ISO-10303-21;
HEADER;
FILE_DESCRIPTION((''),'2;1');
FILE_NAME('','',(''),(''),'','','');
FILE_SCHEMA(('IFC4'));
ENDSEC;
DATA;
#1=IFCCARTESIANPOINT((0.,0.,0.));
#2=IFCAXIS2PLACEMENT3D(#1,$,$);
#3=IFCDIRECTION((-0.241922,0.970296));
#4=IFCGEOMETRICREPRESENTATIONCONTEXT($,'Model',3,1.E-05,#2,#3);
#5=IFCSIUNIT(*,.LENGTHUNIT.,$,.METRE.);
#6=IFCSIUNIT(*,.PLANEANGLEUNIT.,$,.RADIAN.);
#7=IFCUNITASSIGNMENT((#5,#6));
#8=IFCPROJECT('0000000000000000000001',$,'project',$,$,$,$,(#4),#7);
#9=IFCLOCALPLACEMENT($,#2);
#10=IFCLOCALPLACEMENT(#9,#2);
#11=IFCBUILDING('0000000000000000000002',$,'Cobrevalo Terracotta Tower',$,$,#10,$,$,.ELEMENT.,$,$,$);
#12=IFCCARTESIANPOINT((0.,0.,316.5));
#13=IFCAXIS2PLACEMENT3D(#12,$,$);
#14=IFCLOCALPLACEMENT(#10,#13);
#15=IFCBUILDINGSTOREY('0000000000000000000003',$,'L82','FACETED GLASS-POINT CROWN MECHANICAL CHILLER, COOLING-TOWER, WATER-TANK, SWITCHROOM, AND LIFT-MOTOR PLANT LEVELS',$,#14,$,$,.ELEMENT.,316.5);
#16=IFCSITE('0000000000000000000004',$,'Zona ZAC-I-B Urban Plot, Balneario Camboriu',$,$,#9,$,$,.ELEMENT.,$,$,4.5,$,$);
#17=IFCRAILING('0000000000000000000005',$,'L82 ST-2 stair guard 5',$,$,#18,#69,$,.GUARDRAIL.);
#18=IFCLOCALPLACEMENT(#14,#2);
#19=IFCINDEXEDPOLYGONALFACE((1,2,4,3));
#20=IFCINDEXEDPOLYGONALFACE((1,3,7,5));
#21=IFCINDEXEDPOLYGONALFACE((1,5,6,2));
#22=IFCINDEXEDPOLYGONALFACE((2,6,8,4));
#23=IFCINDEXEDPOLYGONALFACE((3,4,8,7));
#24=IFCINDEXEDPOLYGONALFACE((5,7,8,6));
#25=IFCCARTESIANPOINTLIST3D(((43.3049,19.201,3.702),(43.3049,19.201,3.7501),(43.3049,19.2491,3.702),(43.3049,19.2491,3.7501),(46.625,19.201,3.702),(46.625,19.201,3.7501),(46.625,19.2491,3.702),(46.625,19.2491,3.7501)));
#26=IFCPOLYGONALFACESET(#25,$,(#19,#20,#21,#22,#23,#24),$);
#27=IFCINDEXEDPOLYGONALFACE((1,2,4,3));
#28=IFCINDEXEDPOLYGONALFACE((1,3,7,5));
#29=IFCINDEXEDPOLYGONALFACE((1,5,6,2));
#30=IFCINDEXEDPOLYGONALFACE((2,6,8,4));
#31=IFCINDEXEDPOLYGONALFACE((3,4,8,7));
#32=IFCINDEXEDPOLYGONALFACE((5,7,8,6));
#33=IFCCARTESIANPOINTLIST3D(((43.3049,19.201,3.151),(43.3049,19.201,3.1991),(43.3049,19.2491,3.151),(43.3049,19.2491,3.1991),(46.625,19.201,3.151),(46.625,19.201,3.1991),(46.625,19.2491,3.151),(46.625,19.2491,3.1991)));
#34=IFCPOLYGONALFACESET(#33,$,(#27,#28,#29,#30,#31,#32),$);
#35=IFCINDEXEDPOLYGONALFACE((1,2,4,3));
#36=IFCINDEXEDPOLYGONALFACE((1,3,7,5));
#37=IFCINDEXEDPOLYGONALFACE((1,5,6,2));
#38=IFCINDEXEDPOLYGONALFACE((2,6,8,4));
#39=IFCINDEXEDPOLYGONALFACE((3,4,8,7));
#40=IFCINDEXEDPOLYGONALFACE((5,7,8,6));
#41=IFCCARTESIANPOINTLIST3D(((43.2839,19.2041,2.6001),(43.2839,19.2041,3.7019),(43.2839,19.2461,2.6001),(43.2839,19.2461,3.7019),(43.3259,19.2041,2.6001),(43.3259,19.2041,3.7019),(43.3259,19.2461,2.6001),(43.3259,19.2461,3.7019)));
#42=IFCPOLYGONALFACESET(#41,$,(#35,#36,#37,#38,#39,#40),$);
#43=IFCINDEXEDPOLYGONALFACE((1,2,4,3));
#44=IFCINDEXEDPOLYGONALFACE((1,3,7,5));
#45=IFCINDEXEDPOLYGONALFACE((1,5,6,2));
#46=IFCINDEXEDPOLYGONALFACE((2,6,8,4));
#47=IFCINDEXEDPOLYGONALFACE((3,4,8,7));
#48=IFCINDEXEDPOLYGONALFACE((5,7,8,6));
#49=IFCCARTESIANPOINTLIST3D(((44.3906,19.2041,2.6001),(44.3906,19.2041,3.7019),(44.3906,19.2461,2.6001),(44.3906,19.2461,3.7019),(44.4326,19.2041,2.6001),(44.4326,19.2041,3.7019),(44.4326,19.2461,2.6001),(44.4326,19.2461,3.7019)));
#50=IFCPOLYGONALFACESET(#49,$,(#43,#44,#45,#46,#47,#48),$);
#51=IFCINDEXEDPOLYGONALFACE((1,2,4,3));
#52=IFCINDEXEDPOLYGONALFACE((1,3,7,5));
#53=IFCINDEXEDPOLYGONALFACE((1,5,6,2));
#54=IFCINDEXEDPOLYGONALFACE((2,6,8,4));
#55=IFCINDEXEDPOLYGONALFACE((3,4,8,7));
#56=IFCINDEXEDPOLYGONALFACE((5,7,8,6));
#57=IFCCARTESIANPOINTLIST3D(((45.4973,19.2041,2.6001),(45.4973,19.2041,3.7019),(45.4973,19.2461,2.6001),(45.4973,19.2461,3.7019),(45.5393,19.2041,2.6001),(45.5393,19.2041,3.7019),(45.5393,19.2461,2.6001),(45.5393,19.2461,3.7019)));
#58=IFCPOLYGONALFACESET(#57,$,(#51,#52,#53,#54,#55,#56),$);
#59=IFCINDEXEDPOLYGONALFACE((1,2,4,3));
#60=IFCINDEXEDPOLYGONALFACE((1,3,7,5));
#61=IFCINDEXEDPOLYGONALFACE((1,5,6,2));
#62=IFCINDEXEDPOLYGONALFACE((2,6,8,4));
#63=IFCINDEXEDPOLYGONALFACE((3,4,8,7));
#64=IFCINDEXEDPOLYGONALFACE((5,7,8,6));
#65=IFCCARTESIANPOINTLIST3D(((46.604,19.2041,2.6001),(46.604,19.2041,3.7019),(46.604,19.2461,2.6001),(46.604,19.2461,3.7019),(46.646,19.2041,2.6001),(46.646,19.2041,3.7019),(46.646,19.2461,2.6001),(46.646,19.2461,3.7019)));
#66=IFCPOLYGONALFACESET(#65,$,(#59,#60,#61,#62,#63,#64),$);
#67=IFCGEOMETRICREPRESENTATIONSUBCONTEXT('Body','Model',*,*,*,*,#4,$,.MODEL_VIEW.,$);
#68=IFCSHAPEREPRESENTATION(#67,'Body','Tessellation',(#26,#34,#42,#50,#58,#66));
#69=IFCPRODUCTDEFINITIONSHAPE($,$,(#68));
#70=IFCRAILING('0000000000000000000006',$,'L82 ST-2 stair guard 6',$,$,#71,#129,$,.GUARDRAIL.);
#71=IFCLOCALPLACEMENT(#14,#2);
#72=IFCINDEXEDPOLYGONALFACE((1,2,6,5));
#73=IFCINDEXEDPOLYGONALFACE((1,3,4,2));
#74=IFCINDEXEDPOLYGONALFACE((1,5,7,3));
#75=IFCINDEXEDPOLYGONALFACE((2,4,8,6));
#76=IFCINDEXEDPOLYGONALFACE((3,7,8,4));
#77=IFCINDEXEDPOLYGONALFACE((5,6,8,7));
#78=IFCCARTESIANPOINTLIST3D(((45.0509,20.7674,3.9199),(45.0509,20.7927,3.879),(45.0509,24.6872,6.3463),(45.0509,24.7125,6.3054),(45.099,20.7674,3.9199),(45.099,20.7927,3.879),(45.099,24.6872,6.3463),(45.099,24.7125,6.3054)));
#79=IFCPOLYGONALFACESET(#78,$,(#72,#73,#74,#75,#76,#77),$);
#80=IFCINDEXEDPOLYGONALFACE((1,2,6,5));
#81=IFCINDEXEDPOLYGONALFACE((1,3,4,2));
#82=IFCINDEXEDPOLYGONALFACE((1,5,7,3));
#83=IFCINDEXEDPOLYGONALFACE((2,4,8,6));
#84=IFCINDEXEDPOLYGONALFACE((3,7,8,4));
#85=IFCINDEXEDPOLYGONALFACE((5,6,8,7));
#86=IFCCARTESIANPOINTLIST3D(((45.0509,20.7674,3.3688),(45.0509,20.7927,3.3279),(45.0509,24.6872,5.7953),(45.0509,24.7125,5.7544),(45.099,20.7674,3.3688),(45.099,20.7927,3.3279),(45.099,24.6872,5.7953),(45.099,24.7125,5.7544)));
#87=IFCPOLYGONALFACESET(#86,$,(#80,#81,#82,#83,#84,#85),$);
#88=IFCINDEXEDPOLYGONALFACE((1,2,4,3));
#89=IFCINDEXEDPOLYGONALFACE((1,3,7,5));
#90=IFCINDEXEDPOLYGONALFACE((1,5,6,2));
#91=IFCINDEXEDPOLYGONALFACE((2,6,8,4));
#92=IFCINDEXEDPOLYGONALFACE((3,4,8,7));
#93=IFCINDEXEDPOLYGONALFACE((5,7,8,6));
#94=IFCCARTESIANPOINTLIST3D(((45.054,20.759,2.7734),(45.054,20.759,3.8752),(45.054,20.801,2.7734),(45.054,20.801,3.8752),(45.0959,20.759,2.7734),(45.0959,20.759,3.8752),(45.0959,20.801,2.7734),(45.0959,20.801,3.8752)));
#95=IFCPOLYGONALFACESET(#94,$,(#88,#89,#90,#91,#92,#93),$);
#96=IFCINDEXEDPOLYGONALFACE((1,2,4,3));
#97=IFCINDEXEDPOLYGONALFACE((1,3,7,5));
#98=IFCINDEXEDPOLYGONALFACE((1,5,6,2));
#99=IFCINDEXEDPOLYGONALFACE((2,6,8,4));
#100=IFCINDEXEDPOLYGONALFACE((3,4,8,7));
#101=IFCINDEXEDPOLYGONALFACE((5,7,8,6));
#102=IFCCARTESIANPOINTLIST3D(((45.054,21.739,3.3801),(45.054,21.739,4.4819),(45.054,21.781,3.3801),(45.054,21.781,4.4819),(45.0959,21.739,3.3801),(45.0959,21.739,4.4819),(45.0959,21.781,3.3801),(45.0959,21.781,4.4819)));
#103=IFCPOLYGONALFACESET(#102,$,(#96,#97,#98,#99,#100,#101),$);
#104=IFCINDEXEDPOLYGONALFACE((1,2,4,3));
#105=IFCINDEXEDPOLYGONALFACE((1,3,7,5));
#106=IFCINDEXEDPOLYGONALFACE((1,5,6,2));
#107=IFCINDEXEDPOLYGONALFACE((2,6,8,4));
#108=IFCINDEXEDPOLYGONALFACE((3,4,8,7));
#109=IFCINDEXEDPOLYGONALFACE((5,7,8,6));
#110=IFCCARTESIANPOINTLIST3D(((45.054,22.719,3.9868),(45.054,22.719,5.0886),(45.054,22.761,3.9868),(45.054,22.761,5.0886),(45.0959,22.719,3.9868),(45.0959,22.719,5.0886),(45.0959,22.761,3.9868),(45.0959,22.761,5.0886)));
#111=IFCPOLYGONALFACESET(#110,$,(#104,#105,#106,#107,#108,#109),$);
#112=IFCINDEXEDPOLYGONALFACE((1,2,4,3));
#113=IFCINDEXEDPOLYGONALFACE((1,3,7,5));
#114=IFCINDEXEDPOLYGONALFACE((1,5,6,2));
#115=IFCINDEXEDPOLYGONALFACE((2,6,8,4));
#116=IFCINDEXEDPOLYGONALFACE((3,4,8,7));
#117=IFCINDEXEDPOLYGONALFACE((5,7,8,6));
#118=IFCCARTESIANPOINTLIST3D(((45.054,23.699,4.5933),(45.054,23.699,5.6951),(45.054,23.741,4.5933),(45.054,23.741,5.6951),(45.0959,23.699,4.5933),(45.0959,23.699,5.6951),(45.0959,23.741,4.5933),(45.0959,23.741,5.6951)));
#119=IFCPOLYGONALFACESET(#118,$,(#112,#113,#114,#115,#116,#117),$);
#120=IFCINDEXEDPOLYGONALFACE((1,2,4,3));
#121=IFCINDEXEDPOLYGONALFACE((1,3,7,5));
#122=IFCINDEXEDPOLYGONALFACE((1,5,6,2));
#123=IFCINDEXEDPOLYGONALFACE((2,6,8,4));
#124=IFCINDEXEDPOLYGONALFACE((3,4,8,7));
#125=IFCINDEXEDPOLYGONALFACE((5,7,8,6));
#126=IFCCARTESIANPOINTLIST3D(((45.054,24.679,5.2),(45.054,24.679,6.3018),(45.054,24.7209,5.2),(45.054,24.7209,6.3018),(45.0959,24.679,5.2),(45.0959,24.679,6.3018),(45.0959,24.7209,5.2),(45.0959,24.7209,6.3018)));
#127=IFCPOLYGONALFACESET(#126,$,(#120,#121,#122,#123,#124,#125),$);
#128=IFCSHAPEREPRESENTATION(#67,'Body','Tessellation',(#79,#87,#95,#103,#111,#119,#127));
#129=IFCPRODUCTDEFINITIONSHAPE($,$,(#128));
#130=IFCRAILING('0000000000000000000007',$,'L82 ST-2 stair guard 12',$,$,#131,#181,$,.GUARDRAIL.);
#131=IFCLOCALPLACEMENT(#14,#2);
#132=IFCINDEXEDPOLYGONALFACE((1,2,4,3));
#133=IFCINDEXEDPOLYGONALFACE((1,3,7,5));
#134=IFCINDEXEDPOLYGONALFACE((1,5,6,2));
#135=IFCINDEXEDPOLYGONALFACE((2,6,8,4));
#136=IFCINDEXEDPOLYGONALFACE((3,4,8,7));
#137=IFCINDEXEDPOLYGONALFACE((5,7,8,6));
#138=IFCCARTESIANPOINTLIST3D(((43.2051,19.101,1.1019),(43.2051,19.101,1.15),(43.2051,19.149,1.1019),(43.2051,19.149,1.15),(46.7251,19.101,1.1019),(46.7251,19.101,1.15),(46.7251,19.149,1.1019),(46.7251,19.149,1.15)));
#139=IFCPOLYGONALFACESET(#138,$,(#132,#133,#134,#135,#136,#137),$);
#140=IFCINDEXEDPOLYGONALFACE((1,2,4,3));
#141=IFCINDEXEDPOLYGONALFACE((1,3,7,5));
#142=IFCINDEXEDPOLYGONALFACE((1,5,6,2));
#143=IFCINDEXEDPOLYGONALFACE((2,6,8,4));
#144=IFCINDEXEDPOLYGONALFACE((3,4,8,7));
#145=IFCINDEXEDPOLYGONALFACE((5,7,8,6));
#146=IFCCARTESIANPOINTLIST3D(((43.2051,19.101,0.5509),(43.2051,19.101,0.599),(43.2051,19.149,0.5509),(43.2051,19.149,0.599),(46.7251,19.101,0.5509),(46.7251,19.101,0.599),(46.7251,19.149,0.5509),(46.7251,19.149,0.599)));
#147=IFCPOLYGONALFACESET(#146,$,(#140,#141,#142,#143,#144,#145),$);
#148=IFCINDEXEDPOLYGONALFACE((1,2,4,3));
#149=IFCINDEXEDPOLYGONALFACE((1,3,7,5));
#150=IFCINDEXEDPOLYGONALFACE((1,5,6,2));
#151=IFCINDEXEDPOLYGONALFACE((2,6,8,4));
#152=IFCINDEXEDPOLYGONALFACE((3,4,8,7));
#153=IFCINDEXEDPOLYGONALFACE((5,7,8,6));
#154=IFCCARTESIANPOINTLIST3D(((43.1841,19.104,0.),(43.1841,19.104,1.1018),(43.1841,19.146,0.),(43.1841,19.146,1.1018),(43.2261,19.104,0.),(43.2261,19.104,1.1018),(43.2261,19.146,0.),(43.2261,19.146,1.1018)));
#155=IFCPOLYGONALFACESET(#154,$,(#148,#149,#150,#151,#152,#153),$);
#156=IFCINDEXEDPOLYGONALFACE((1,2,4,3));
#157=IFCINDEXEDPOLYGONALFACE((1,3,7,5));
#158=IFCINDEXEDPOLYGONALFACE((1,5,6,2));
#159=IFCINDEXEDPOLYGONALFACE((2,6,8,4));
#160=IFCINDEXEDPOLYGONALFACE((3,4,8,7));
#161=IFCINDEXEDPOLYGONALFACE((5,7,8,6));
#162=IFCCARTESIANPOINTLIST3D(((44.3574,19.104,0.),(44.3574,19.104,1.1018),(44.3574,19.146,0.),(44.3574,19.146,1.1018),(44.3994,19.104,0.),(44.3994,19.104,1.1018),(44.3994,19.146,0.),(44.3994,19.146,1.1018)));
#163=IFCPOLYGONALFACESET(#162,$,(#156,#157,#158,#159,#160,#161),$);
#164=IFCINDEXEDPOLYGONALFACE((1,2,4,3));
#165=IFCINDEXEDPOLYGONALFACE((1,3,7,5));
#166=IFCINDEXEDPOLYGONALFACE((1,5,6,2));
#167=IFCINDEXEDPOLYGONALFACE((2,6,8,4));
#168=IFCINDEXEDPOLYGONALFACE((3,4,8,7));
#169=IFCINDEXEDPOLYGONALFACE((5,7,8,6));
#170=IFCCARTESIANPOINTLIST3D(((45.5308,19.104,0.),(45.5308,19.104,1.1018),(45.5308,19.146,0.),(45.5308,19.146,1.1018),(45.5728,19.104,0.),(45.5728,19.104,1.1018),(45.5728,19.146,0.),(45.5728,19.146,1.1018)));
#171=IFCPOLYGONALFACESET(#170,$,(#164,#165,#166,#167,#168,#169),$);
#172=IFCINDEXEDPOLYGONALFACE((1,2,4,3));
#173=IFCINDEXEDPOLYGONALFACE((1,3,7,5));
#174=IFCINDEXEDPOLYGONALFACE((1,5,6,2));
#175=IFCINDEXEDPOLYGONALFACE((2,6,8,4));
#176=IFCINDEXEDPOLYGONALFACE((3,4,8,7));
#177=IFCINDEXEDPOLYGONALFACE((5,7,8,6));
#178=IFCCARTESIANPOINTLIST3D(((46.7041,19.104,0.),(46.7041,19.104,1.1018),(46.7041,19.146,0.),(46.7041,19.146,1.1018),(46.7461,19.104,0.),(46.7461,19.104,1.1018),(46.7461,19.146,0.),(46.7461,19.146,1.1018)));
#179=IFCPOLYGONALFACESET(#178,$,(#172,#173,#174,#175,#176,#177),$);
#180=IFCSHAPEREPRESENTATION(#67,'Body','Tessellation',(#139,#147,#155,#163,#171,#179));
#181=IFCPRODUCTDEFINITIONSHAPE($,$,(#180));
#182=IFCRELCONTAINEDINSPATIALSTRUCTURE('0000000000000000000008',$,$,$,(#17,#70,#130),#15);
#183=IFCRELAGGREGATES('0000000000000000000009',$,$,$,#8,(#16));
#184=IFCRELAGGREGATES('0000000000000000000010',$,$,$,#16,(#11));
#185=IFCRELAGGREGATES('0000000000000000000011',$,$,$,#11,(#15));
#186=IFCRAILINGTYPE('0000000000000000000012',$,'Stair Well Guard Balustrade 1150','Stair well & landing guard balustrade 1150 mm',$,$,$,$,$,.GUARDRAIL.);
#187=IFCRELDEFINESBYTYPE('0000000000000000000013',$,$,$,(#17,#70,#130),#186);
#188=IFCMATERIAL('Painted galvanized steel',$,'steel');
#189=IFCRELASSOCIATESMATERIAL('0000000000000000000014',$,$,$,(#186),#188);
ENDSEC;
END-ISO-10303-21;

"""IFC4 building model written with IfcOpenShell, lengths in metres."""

from ifc_helpers import new_model, si_unit, direction, frame, origin, origin_2d, place, context, subcontext, project, spatial, rectangle, extrude, material, type_object, element, save


model = new_model("IFC4")

# Units and contexts
model_context = context("Model", 3, precision=1e-05, world=origin(), true_north=direction((-0.241922, 0.970296)))
body_context = subcontext(model_context, "Body", "Model", "MODEL_VIEW")
ifc_project = project(units=[si_unit("LENGTHUNIT", "METRE"), si_unit("PLANEANGLEUNIT", "RADIAN")], contexts=[model_context])

# Site, building, storey
site_placement = place(None, origin())
site = spatial("IfcSite", under=ifc_project, at=site_placement, Name="Zona ZAC-I-B Urban Plot, Balneario Camboriu", CompositionType="ELEMENT", RefElevation=4.5)
building_placement = place(site_placement, origin())
building = spatial("IfcBuilding", under=site, at=building_placement, Name="Cobrevalo Terracotta Tower", CompositionType="ELEMENT")
storey_placement = place(building_placement, frame((0.0, 0.0, 316.5)))
storey = spatial("IfcBuildingStorey", under=building, at=storey_placement, Name="L82", Description="FACETED GLASS-POINT CROWN MECHANICAL CHILLER, COOLING-TOWER, WATER-TANK, SWITCHROOM, AND LIFT-MOTOR PLANT LEVELS", CompositionType="ELEMENT", Elevation=316.5)

# Railings
ifc_material_1 = material(Name="Painted galvanized steel", Category="steel")
railing_type_1 = type_object("IfcRailingType", Name="Stair Well Guard Balustrade 1150", Description="Stair well & landing guard balustrade 1150 mm", PredefinedType="GUARDRAIL", material=ifc_material_1)
railing_1_placement = place(storey_placement, frame((43.3049, 19.2251, 2.6001)))
element("IfcRailing", 1, at=railing_1_placement, inside=storey, type_object=railing_type_1, Name="L82 ST-2 stair guard 5", PredefinedType="GUARDRAIL", context=body_context, shape_type="SweptSolid", body=[
    extrude(rectangle(XDim=0.0481, YDim=0.0481, at=origin_2d()), frame((0.0, 0.0, 1.126), z_axis=(1.0, 0.0, 0.0), x_axis=(0.0, 1.0, 0.0)), (0.0, 0.0, 1.0), 3.3201),
    extrude(rectangle(XDim=0.0481, YDim=0.0481, at=origin_2d()), frame((0.0, 0.0, 0.575), z_axis=(1.0, 0.0, 0.0), x_axis=(0.0, 1.0, 0.0)), (0.0, 0.0, 1.0), 3.3201),
    extrude(rectangle(XDim=0.042, YDim=0.042, at=origin_2d()), origin(), (0.0, 0.0, 1.0), 1.1018),
    extrude(rectangle(XDim=0.042, YDim=0.042, at=origin_2d()), frame((1.1067, 0.0, 0.0)), (0.0, 0.0, 1.0), 1.1018),
    extrude(rectangle(XDim=0.042, YDim=0.042, at=origin_2d()), frame((2.2134, 0.0, 0.0)), (0.0, 0.0, 1.0), 1.1018),
    extrude(rectangle(XDim=0.042, YDim=0.042, at=origin_2d()), frame((3.3201, 0.0, 0.0)), (0.0, 0.0, 1.0), 1.1018),
])
railing_2_placement = place(storey_placement, frame((45.075, 20.78, 2.7734)))
element("IfcRailing", 2, at=railing_2_placement, inside=storey, type_object=railing_type_1, Name="L82 ST-2 stair guard 6", PredefinedType="GUARDRAIL", context=body_context, shape_type="SweptSolid", body=[
    extrude(rectangle(XDim=0.0481, YDim=0.0481, at=origin_2d()), frame((0.0, 0.0, 1.126), z_axis=(0.0, 0.850275, 0.526338), x_axis=(-1.0, 0.0, 0.0)), (0.0, 0.0, 1.0), 4.6101),
    extrude(rectangle(XDim=0.0481, YDim=0.0481, at=origin_2d()), frame((0.0, 0.0, 0.575), z_axis=(0.0, 0.850275, 0.526338), x_axis=(-1.0, 0.0, 0.0)), (0.0, 0.0, 1.0), 4.6101),
    extrude(rectangle(XDim=0.042, YDim=0.042, at=origin_2d()), origin(), (0.0, 0.0, 1.0), 1.1018),
    extrude(rectangle(XDim=0.042, YDim=0.042, at=origin_2d()), frame((0.0, 0.98, 0.6067)), (0.0, 0.0, 1.0), 1.1018),
    extrude(rectangle(XDim=0.042, YDim=0.042, at=origin_2d()), frame((0.0, 1.96, 1.2134)), (0.0, 0.0, 1.0), 1.1018),
    extrude(rectangle(XDim=0.042, YDim=0.042, at=origin_2d()), frame((0.0, 2.9399, 1.8198)), (0.0, 0.0, 1.0), 1.1018),
    extrude(rectangle(XDim=0.042, YDim=0.042, at=origin_2d()), frame((0.0, 3.9199, 2.4265)), (0.0, 0.0, 1.0), 1.1018),
])
railing_3_placement = place(storey_placement, frame((43.2051, 19.125, 0.0)))
element("IfcRailing", 3, at=railing_3_placement, inside=storey, type_object=railing_type_1, Name="L82 ST-2 stair guard 12", PredefinedType="GUARDRAIL", context=body_context, shape_type="SweptSolid", body=[
    extrude(rectangle(XDim=0.0481, YDim=0.0481, at=origin_2d()), frame((0.0, 0.0, 1.126), z_axis=(1.0, 0.0, 0.0), x_axis=(0.0, 1.0, 0.0)), (0.0, 0.0, 1.0), 3.52),
    extrude(rectangle(XDim=0.0481, YDim=0.0481, at=origin_2d()), frame((0.0, 0.0, 0.575), z_axis=(1.0, 0.0, 0.0), x_axis=(0.0, 1.0, 0.0)), (0.0, 0.0, 1.0), 3.52),
    extrude(rectangle(XDim=0.042, YDim=0.042, at=origin_2d()), origin(), (0.0, 0.0, 1.0), 1.1018),
    extrude(rectangle(XDim=0.042, YDim=0.042, at=origin_2d()), frame((1.1733, 0.0, 0.0)), (0.0, 0.0, 1.0), 1.1018),
    extrude(rectangle(XDim=0.042, YDim=0.042, at=origin_2d()), frame((2.3467, 0.0, 0.0)), (0.0, 0.0, 1.0), 1.1018),
    extrude(rectangle(XDim=0.042, YDim=0.042, at=origin_2d()), frame((3.52, 0.0, 0.0)), (0.0, 0.0, 1.0), 1.1018),
])

save(model, "model.ifc")
